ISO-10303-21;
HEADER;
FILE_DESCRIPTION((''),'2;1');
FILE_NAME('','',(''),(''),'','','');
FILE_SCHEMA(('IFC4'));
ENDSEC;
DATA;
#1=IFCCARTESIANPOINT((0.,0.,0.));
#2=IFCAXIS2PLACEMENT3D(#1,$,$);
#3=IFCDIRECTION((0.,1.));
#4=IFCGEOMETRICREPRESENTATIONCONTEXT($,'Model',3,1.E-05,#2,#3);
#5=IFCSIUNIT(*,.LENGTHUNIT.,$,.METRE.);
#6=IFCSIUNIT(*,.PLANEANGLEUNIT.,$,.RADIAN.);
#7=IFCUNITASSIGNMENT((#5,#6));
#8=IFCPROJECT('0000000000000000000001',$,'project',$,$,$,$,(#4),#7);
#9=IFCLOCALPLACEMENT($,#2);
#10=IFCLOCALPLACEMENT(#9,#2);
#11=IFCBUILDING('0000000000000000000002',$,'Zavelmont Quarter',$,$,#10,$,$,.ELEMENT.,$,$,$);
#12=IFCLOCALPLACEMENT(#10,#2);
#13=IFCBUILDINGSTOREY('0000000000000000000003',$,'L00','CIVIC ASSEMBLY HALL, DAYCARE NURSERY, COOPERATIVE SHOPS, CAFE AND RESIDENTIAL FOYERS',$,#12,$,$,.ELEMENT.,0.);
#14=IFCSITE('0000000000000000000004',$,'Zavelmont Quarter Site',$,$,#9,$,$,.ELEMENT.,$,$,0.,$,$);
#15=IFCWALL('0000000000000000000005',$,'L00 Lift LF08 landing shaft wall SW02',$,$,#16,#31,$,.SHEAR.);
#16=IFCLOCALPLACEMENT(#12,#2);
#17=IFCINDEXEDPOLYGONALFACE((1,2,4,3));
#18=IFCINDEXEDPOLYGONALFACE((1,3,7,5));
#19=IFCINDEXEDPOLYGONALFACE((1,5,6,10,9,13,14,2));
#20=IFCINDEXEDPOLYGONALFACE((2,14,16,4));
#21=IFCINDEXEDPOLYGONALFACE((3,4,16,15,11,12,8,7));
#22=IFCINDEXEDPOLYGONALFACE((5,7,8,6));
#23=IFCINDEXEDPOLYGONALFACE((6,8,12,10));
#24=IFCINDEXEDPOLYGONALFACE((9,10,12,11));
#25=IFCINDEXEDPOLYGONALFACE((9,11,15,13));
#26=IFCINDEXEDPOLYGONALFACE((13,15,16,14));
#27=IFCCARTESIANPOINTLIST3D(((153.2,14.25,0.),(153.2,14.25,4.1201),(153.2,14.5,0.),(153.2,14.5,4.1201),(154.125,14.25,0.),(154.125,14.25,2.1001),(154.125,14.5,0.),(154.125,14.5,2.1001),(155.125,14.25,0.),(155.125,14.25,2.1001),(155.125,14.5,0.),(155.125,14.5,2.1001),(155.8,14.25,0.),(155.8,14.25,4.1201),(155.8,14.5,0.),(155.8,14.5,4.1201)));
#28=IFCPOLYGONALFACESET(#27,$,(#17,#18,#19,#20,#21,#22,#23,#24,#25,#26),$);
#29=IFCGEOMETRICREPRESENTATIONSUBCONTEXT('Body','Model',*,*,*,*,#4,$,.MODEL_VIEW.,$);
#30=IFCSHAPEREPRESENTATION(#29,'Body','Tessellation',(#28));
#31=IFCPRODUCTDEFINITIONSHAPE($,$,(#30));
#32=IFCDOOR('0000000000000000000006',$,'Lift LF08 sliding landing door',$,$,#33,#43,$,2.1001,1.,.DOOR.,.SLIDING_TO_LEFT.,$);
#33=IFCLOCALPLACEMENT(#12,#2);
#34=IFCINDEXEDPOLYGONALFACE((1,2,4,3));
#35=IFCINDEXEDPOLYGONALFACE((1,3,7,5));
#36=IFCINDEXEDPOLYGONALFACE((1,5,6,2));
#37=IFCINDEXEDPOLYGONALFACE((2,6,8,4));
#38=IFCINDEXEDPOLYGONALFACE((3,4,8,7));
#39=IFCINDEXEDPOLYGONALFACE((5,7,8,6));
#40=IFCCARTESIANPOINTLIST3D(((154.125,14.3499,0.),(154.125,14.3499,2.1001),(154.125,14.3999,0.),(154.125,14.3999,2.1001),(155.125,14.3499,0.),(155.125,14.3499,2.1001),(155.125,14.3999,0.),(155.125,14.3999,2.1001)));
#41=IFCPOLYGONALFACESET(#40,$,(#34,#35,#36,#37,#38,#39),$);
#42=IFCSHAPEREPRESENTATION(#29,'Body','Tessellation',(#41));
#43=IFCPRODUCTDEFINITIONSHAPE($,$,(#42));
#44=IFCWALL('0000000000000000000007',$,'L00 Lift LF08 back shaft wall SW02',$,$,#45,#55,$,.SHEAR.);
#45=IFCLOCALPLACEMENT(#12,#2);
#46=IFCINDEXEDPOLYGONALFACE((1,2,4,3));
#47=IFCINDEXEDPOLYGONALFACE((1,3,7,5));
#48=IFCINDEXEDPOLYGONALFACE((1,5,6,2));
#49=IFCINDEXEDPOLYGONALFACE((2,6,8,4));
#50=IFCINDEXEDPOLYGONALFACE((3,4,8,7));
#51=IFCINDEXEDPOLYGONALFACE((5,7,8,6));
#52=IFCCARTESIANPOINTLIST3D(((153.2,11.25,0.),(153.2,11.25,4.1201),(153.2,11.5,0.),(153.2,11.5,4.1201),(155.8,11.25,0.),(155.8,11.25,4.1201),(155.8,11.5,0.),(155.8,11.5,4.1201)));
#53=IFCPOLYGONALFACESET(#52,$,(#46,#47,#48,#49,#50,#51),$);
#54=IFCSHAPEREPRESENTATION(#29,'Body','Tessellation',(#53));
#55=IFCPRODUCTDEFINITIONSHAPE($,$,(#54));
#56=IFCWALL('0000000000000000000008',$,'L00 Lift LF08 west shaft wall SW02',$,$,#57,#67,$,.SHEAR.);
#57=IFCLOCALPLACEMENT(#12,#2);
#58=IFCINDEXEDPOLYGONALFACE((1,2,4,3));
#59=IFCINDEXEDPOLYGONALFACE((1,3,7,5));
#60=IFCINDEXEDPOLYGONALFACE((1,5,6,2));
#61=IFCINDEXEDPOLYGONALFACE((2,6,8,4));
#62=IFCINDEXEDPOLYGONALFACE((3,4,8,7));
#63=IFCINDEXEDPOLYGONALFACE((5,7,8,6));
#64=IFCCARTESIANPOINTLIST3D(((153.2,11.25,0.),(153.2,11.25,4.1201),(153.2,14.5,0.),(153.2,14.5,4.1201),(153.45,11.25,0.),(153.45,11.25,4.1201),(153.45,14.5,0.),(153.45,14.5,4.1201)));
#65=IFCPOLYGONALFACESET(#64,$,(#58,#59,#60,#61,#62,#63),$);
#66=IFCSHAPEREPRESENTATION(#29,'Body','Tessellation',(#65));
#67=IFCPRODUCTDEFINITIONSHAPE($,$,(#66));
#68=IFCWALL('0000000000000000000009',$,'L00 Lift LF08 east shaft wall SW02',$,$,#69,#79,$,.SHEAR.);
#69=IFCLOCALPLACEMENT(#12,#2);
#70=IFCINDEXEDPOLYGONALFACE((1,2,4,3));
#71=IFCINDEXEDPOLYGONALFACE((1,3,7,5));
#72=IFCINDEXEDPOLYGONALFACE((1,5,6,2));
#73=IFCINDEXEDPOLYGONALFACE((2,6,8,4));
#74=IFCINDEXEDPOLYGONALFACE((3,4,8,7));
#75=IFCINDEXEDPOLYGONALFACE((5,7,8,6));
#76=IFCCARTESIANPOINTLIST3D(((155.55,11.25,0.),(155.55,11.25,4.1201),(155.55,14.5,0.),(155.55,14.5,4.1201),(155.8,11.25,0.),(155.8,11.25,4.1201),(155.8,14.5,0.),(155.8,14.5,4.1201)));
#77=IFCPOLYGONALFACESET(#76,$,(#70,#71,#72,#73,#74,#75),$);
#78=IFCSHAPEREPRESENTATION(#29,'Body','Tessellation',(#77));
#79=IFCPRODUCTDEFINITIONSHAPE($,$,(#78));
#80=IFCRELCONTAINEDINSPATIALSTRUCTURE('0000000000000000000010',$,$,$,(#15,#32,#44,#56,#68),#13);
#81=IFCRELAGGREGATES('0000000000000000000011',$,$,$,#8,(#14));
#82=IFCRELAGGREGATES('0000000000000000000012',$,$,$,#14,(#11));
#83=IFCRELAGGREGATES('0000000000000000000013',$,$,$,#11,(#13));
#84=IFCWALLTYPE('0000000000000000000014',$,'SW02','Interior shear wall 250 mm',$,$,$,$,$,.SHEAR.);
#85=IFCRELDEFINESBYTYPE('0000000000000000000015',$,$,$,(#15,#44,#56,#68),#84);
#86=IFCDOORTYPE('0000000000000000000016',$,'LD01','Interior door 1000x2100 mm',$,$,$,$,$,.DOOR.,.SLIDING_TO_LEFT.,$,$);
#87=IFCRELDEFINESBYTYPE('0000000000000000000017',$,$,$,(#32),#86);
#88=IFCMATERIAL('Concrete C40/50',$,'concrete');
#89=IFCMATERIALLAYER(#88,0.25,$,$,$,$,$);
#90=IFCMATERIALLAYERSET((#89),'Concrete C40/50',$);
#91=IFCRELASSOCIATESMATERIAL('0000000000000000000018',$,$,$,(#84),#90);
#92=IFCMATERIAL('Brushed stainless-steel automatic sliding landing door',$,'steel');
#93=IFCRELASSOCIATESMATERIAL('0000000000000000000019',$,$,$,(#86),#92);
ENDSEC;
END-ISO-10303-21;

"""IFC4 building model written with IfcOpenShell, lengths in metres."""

from ifc_helpers import new_model, si_unit, direction, frame, frame_2d, origin, origin_with_axes, place, context, subcontext, project, spatial, rectangle, extrude, material, layer, layer_set, type_object, element, fill, save


model = new_model("IFC4")

# Units and contexts
model_context = context("Model", 3, precision=1e-05, world=origin(), true_north=direction((0.0, 1.0)))
body_context = subcontext(model_context, "Body", "Model", "MODEL_VIEW")
ifc_project = project(units=[si_unit("LENGTHUNIT", "METRE"), si_unit("PLANEANGLEUNIT", "RADIAN")], contexts=[model_context])

# Site, building, storey
site_placement = place(None, origin())
site = spatial("IfcSite", under=ifc_project, at=site_placement, Name="Zavelmont Quarter Site", CompositionType="ELEMENT", RefElevation=0.0)
building_placement = place(site_placement, origin())
building = spatial("IfcBuilding", under=site, at=building_placement, Name="Zavelmont Quarter", CompositionType="ELEMENT")
storey_placement = place(building_placement, origin())
storey = spatial("IfcBuildingStorey", under=building, at=storey_placement, Name="L00", Description="CIVIC ASSEMBLY HALL, DAYCARE NURSERY, COOPERATIVE SHOPS, CAFE AND RESIDENTIAL FOYERS", CompositionType="ELEMENT", Elevation=0.0)

# Shared definitions
ifc_material_1 = material(Name="Concrete C40/50", Category="concrete")

# Wall, opening, door
ifc_layer_1 = layer(ifc_material_1, 0.25)
ifc_layer_set_1 = layer_set([ifc_layer_1], Name="Concrete C40/50")
wall_type_1 = type_object("IfcWallType", Name="SW02", Description="Interior shear wall 250 mm", PredefinedType="SHEAR", material=ifc_layer_set_1)
wall_1_placement = place(storey_placement, frame((153.2, 14.375, 0.0), z_axis=(0.0, 0.0, 1.0), x_axis=(1.0, 0.0, 0.0)))
wall_1 = element("IfcWall", 1, at=wall_1_placement, inside=storey, type_object=wall_type_1, Name="L00 Lift LF08 landing shaft wall SW02", PredefinedType="SHEAR", context=body_context, shape_type="SweptSolid", body=[
    extrude(rectangle(XDim=2.6001, YDim=0.25, at=frame_2d((1.3, 0.0))), origin(), (0.0, 0.0, 1.0), 4.1201),
])
opening_1_placement = place(wall_1_placement, frame((0.925, 0.0, 0.0)))
opening_1 = element("IfcOpeningElement", 2, at=opening_1_placement, cuts=wall_1, PredefinedType="OPENING", context=body_context, shape_type="SweptSolid", body=[
    extrude(rectangle(XDim=1.0, YDim=2.1001, at=frame_2d((0.5, 1.05))), frame((0.0, 0.137, 0.0), z_axis=(0.0, -1.0, 0.0), x_axis=(1.0, 0.0, 0.0)), (0.0, 0.0, 1.0), 0.2739),
])
ifc_material_2 = material(Name="Brushed stainless-steel automatic sliding landing door", Category="steel")
door_type_1 = type_object("IfcDoorType", Name="LD01", Description="Interior door 1000x2100 mm", OperationType="SLIDING_TO_LEFT", PredefinedType="DOOR", material=ifc_material_2)
door_1_placement = place(opening_1_placement, origin_with_axes())
door_1 = element("IfcDoor", 3, at=door_1_placement, inside=storey, type_object=door_type_1, Name="Lift LF08 sliding landing door", OperationType="SLIDING_TO_LEFT", OverallHeight=2.1001, OverallWidth=1.0, PredefinedType="DOOR", context=body_context, shape_type="SweptSolid", body=[
    extrude(rectangle(XDim=1.0, YDim=2.1001, at=frame_2d((0.5, 1.05))), frame((0.0, 0.0249, 0.0), z_axis=(0.0, -1.0, 0.0), x_axis=(1.0, 0.0, 0.0)), (0.0, 0.0, 1.0), 0.05),
])
fill(opening_1, door_1)

# Walls
wall_2_placement = place(storey_placement, frame((153.2, 11.375, 0.0), z_axis=(0.0, 0.0, 1.0), x_axis=(1.0, 0.0, 0.0)))
element("IfcWall", 4, at=wall_2_placement, inside=storey, type_object=wall_type_1, Name="L00 Lift LF08 back shaft wall SW02", PredefinedType="SHEAR", context=body_context, shape_type="SweptSolid", body=[
    extrude(rectangle(XDim=2.6001, YDim=0.25, at=frame_2d((1.3, 0.0))), origin(), (0.0, 0.0, 1.0), 4.1201),
])
for number, where, z_axis, x_axis, name in (
    (5, (153.325, 11.25, 0.0), (0.0, 0.0, 1.0), (0.0, 1.0, 0.0), "L00 Lift LF08 west shaft wall SW02"),
    (6, (155.675, 11.25, 0.0), (0.0, 0.0, 1.0), (0.0, 1.0, 0.0), "L00 Lift LF08 east shaft wall SW02"),
):
    element("IfcWall", number, at=place(storey_placement, frame(where, z_axis=z_axis, x_axis=x_axis)), inside=storey, type_object=wall_type_1, Name=name, PredefinedType="SHEAR", context=body_context, shape_type="SweptSolid", body=[
        extrude(rectangle(XDim=3.25, YDim=0.25, at=frame_2d((1.625, 0.0))), origin(), (0.0, 0.0, 1.0), 4.1201),
    ])

save(model, "model.ifc")
